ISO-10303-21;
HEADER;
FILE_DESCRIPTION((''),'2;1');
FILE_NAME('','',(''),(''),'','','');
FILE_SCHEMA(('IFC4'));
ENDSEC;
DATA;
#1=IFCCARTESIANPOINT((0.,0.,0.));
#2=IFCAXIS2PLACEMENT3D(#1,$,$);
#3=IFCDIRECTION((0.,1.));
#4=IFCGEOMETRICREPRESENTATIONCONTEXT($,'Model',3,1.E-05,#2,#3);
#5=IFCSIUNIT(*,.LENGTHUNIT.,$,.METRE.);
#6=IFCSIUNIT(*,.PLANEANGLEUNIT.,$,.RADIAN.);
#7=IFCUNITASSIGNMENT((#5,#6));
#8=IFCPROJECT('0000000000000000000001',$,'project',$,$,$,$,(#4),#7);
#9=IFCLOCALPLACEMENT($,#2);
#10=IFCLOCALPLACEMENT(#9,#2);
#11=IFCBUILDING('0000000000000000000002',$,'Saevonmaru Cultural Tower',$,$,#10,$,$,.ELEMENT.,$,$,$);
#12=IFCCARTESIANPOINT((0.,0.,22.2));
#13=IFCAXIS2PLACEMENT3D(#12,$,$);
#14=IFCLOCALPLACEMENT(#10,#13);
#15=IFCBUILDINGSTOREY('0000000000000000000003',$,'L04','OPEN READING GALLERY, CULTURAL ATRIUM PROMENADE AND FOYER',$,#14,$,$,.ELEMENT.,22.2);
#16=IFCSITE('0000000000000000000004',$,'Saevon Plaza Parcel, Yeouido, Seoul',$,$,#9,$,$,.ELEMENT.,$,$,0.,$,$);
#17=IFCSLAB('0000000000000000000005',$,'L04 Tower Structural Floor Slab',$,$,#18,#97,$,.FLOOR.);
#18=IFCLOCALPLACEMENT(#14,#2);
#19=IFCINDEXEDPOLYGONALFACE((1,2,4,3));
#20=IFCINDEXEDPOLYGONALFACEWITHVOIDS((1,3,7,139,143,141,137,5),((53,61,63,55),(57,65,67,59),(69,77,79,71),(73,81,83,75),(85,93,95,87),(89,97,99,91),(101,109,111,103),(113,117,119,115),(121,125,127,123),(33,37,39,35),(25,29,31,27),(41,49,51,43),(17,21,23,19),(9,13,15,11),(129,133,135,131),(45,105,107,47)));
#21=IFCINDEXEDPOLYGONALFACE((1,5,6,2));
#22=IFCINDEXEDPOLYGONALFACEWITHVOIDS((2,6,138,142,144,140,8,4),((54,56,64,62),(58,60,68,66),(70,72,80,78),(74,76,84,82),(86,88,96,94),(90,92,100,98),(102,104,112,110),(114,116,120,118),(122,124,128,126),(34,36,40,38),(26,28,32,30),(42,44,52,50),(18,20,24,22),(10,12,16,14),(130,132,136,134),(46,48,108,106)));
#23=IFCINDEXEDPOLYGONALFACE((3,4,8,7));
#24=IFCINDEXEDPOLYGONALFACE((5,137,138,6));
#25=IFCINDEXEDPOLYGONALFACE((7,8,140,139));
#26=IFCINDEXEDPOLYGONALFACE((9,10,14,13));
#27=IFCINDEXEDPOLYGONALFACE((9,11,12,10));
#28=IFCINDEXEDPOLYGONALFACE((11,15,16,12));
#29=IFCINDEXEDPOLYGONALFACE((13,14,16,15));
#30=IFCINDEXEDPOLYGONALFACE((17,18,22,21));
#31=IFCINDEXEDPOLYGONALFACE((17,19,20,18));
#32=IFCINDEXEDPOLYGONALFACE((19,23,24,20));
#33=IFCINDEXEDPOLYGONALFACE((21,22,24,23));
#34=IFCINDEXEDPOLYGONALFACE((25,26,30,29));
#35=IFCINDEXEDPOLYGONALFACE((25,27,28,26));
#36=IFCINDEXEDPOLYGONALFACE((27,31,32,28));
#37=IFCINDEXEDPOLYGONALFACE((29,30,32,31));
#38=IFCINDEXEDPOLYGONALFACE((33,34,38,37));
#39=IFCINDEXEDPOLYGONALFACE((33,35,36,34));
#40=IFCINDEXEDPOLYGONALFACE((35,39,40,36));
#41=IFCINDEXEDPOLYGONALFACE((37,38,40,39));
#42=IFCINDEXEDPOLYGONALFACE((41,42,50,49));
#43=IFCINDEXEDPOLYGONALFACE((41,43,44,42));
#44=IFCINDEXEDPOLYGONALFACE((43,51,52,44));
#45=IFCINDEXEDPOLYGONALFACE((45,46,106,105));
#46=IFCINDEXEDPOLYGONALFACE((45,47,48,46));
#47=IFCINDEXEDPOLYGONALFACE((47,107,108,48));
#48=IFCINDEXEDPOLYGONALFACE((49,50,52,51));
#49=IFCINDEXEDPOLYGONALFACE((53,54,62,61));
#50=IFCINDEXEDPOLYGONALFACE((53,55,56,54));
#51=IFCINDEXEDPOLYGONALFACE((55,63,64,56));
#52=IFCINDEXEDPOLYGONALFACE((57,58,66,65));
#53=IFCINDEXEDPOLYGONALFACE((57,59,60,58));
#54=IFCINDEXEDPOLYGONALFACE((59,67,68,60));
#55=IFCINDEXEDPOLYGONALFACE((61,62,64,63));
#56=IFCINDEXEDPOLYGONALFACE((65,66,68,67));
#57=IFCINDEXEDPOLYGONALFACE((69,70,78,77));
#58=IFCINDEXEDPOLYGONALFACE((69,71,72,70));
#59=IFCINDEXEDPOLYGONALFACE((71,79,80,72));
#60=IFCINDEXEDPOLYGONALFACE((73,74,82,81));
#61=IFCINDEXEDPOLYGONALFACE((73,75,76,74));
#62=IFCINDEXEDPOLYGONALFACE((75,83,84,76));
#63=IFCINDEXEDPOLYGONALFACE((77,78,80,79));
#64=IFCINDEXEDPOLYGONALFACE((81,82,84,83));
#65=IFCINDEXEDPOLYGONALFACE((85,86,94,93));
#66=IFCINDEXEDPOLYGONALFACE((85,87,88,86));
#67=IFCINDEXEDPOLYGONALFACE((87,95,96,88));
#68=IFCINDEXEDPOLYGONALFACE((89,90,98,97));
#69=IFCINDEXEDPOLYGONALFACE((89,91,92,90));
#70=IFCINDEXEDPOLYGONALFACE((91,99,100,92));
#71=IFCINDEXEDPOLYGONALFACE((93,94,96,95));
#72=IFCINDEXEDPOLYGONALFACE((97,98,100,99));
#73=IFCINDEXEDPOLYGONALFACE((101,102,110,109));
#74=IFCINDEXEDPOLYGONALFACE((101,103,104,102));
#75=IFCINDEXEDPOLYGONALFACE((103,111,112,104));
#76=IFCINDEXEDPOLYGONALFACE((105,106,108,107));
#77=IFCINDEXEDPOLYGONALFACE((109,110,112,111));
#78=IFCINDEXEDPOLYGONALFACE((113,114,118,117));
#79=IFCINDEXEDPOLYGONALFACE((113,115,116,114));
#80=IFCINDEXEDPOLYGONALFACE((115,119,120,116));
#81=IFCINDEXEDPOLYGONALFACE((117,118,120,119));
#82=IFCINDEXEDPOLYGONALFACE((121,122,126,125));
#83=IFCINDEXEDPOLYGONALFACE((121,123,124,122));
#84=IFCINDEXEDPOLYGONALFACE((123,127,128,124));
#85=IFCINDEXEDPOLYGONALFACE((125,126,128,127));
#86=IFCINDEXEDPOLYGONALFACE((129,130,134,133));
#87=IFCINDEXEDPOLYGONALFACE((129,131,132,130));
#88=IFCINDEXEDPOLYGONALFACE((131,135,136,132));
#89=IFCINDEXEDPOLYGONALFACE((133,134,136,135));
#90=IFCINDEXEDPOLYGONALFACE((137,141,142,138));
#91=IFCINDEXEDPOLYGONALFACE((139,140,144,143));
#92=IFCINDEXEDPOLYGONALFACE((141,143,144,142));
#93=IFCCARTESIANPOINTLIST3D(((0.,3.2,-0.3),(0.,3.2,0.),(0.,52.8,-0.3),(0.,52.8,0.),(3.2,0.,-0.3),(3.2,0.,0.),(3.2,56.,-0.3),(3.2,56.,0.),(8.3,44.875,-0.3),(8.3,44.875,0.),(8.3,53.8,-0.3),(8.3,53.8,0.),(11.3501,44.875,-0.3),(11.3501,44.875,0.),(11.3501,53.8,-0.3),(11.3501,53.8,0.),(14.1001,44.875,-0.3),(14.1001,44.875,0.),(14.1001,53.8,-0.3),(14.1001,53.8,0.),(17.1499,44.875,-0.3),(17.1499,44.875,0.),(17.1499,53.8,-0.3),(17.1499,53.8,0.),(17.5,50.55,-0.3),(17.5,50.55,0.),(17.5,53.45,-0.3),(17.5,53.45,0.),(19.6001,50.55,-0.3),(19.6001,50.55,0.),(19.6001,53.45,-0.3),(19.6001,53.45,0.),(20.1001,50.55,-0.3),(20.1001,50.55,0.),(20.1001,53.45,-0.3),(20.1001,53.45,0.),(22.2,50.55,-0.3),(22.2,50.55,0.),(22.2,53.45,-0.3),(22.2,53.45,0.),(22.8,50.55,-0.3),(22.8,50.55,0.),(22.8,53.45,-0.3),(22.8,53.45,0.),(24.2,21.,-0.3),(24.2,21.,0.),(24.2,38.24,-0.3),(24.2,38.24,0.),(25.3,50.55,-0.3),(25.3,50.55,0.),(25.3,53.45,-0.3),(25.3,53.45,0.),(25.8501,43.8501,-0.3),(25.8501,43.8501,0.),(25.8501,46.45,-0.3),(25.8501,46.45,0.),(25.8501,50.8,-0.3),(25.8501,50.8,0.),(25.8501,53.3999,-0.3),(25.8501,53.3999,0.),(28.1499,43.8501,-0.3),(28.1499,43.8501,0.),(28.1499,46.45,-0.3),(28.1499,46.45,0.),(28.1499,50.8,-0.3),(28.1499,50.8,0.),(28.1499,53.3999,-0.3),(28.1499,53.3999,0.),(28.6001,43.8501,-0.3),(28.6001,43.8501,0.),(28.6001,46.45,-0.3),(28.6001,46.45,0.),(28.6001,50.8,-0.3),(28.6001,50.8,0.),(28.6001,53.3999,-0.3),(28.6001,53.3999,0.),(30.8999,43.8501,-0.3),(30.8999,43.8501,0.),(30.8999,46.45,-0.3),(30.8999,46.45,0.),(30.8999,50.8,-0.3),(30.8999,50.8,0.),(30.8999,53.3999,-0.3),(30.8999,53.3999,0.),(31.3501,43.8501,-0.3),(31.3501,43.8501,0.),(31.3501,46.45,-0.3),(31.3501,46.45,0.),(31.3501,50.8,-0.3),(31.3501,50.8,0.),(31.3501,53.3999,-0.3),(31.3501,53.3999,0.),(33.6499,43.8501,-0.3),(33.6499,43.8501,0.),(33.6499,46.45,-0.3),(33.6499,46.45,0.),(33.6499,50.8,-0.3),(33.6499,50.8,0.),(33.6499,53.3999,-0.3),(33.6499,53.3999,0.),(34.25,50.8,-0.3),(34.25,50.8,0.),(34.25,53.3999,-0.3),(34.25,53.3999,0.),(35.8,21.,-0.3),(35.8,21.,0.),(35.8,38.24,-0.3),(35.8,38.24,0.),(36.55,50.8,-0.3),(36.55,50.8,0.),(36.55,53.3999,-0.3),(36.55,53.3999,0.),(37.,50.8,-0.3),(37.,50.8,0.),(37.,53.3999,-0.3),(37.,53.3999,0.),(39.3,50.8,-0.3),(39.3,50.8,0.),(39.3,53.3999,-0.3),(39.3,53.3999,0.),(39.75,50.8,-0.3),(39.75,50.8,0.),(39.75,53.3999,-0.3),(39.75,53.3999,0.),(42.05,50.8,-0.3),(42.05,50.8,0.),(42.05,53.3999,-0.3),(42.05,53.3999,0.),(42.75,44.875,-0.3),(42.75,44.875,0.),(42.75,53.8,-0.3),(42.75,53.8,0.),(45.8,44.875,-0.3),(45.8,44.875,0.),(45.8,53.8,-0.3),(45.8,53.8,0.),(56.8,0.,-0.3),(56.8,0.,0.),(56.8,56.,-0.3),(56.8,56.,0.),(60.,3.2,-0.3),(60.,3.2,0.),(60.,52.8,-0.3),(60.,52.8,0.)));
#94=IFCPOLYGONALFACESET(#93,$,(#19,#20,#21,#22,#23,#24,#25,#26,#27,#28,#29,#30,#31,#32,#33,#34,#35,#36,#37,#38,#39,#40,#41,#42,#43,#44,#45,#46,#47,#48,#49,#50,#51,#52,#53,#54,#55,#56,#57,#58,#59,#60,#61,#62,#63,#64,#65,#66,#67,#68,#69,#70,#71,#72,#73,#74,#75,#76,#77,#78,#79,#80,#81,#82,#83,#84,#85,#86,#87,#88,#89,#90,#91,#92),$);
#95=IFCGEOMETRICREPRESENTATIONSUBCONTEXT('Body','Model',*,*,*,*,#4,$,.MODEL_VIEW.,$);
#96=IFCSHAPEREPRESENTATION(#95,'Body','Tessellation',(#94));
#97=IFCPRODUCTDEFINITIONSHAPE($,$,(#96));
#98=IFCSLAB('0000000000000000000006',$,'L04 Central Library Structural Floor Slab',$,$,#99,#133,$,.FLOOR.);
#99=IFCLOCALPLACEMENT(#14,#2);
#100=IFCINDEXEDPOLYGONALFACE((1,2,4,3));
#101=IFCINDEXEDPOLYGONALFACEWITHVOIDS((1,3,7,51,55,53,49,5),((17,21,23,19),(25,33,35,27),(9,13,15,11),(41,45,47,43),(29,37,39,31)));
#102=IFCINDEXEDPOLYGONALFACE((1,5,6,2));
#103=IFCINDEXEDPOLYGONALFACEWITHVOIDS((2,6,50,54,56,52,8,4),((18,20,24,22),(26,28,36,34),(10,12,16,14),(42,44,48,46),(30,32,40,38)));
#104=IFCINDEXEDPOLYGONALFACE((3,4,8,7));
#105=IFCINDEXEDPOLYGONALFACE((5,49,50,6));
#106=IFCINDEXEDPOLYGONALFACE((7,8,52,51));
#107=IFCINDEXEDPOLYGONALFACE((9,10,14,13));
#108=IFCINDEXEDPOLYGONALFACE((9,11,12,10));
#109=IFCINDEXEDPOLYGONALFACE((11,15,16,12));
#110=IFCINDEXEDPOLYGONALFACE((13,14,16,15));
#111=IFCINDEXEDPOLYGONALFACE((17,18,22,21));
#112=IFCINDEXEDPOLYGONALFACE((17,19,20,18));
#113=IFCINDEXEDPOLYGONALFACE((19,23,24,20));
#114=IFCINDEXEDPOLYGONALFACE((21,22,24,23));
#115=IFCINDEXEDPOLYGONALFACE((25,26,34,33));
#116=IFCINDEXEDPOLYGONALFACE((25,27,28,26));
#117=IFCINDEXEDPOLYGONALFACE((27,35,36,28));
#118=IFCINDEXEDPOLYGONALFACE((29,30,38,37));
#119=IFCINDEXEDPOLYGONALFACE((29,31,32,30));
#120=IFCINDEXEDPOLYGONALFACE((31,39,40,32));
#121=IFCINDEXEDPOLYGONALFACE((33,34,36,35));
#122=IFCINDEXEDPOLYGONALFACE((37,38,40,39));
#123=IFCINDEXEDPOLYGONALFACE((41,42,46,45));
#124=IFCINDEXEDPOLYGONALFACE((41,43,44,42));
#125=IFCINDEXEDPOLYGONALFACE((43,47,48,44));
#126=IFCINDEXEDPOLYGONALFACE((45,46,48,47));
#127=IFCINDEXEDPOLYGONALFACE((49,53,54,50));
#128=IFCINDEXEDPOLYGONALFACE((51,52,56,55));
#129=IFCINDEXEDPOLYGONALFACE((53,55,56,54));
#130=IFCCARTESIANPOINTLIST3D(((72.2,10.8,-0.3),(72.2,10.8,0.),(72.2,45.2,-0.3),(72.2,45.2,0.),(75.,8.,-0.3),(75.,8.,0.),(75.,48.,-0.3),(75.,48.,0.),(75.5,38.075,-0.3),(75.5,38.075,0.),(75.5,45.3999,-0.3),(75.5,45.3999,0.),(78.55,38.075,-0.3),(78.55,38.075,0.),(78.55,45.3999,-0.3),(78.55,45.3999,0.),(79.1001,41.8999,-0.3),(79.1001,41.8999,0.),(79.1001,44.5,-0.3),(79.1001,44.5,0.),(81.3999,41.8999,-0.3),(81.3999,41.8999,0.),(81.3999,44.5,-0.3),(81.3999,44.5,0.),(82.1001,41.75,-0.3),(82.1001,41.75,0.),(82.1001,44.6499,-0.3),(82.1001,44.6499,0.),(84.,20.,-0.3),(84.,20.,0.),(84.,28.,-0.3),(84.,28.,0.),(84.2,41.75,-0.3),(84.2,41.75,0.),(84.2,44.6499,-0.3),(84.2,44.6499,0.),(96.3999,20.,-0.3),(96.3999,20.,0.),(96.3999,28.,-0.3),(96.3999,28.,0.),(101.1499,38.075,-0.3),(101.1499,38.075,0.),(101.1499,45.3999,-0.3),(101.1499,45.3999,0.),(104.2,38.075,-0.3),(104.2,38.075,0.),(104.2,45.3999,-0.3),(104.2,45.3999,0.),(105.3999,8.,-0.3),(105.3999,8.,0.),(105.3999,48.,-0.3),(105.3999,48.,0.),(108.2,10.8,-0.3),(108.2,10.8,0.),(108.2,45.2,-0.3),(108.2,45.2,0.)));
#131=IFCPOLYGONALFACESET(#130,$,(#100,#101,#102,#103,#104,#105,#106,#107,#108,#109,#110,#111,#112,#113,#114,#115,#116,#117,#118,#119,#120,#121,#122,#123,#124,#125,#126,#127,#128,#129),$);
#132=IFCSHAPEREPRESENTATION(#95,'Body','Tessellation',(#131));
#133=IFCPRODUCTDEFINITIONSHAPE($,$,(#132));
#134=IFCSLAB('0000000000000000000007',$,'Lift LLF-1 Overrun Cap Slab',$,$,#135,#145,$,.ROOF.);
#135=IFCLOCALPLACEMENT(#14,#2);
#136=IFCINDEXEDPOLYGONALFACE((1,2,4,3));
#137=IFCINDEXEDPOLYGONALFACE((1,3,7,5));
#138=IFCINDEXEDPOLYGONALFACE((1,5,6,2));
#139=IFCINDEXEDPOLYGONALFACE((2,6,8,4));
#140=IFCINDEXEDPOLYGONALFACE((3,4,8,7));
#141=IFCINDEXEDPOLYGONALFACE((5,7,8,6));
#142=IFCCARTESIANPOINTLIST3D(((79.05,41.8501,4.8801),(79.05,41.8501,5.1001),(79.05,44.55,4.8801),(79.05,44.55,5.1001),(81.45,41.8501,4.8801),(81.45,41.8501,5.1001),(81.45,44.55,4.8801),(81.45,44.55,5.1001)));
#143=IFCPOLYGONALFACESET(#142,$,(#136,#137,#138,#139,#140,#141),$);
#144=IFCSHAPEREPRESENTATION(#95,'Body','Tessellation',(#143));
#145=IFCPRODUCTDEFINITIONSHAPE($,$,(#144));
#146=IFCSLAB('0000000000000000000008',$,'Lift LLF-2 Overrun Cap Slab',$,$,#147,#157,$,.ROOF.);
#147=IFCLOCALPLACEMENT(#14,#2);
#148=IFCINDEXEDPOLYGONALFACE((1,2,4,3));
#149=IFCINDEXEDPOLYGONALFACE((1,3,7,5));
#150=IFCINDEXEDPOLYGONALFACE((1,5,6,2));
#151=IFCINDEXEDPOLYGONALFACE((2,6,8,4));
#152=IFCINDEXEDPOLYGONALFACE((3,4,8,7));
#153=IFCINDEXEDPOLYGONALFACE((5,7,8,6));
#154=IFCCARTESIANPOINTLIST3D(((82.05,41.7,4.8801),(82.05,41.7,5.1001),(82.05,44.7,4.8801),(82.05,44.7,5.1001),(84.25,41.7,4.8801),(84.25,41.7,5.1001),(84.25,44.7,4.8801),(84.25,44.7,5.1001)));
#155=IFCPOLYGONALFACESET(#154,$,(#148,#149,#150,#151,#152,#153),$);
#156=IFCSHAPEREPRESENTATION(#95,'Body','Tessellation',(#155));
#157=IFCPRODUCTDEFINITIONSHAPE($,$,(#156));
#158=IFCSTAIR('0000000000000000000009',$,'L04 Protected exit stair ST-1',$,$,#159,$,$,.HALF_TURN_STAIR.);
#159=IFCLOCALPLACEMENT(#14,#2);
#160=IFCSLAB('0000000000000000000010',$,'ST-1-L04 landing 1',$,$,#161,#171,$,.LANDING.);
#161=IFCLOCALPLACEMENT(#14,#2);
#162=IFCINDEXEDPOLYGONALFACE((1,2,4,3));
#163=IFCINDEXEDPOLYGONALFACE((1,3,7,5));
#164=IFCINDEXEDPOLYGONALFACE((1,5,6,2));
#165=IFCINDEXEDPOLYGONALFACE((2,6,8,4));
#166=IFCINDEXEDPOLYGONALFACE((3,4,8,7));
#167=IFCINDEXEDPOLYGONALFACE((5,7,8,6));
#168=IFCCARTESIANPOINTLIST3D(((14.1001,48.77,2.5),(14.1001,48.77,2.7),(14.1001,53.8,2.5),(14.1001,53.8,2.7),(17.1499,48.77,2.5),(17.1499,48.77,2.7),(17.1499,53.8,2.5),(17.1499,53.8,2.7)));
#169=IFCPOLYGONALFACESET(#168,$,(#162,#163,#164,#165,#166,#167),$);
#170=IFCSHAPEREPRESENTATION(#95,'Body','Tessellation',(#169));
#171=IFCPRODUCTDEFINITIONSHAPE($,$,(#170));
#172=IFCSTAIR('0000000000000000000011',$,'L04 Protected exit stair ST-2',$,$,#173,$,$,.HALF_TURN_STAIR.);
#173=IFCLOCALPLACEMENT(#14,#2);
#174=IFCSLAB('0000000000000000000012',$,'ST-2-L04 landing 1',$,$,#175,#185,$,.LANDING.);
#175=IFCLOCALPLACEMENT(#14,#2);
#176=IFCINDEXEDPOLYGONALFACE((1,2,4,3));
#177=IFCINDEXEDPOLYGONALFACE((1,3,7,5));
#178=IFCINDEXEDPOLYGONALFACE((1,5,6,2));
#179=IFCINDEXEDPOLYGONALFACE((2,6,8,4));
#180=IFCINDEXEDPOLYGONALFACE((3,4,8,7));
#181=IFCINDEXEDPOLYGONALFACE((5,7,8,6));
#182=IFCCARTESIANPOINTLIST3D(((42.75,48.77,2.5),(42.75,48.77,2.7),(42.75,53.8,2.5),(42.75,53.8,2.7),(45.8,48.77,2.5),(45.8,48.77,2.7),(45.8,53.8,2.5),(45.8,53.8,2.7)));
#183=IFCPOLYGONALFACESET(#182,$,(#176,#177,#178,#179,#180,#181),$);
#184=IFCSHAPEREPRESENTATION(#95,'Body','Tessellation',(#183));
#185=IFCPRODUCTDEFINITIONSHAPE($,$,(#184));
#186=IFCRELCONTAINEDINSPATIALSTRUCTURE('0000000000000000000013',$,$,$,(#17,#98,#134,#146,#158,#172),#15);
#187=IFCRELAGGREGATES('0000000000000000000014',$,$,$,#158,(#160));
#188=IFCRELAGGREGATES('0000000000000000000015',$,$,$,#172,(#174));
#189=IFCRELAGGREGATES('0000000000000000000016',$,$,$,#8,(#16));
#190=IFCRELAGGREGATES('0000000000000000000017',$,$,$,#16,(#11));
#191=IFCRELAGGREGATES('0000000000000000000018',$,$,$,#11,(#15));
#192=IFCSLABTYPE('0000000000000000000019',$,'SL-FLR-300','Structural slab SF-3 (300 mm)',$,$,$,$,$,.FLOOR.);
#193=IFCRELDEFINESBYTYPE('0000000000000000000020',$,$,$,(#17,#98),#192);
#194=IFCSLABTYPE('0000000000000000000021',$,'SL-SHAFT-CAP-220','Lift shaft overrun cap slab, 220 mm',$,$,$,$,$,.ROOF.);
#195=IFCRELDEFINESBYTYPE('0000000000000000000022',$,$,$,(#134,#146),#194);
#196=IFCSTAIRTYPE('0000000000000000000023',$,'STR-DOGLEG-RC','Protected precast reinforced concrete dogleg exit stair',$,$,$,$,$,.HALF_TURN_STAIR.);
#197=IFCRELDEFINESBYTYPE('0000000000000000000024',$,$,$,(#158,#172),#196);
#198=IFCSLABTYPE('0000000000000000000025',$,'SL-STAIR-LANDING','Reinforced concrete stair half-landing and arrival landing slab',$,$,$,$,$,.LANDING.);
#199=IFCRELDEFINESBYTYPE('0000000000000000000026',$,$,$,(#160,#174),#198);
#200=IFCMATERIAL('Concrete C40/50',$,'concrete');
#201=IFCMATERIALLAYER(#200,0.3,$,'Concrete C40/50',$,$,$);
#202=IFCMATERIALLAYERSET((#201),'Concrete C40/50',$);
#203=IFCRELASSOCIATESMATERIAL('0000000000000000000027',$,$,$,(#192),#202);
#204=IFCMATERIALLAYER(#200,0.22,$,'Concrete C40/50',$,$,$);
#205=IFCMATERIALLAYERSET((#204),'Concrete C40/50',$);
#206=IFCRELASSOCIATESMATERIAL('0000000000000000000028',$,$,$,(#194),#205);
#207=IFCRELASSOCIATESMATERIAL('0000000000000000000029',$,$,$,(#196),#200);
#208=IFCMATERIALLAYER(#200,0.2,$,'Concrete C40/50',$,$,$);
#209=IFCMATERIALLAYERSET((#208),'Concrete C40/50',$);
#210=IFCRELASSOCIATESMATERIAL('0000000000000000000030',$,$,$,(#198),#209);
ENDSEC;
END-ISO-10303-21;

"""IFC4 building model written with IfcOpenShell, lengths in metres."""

from ifc_helpers import new_model, si_unit, direction, frame, origin, place, context, subcontext, project, spatial, polyline, outline, extrude, material, layer, layer_set, type_object, element, aggregate, save


model = new_model("IFC4")

# Units and contexts
model_context = context("Model", 3, precision=1e-05, world=origin(), true_north=direction((0.0, 1.0)))
body_context = subcontext(model_context, "Body", "Model", "MODEL_VIEW")
ifc_project = project(units=[si_unit("LENGTHUNIT", "METRE"), si_unit("PLANEANGLEUNIT", "RADIAN")], contexts=[model_context])

# Site, building, storey
site_placement = place(None, origin())
site = spatial("IfcSite", under=ifc_project, at=site_placement, Name="Saevon Plaza Parcel, Yeouido, Seoul", CompositionType="ELEMENT", RefElevation=0.0)
building_placement = place(site_placement, origin())
building = spatial("IfcBuilding", under=site, at=building_placement, Name="Saevonmaru Cultural Tower", CompositionType="ELEMENT")
storey_placement = place(building_placement, frame((0.0, 0.0, 22.2)))
storey = spatial("IfcBuildingStorey", under=building, at=storey_placement, Name="L04", Description="OPEN READING GALLERY, CULTURAL ATRIUM PROMENADE AND FOYER", CompositionType="ELEMENT", Elevation=22.2)

# Shared definitions
ifc_material_1 = material(Name="Concrete C40/50", Category="concrete")

# Slabs
ifc_layer_1 = layer(ifc_material_1, 0.3, Name="Concrete C40/50")
ifc_layer_set_1 = layer_set([ifc_layer_1], Name="Concrete C40/50")
slab_type_1 = type_object("IfcSlabType", Name="SL-FLR-300", Description="Structural slab SF-3 (300 mm)", PredefinedType="FLOOR", material=ifc_layer_set_1)
slab_1_placement = place(storey_placement, frame((0.0, 0.0, -0.3)))
element("IfcSlab", 1, at=slab_1_placement, inside=storey, type_object=slab_type_1, Name="L04 Tower Structural Floor Slab", PredefinedType="FLOOR", context=body_context, shape_type="SweptSolid", body=[
    extrude(outline(polyline([(0.0, 3.2), (3.2, 0.0), (56.8, 0.0), (60.0, 3.2), (60.0, 52.8), (56.8, 56.0), (3.2, 56.0), (0.0, 52.8), (0.0, 3.2)]), holes=[polyline([(45.8, 44.875), (42.75, 44.875), (42.75, 53.8), (45.8, 53.8), (45.8, 44.875)]), polyline([(39.75, 50.8), (39.75, 53.3999), (42.05, 53.3999), (42.05, 50.8), (39.75, 50.8)]), polyline([(37.0, 50.8), (37.0, 53.3999), (39.3, 53.3999), (39.3, 50.8), (37.0, 50.8)]), polyline([(34.25, 50.8), (34.25, 53.3999), (36.55, 53.3999), (36.55, 50.8), (34.25, 50.8)]), polyline([(24.2, 21.0), (24.2, 38.24), (35.8, 38.24), (35.8, 21.0), (24.2, 21.0)]), polyline([(31.3501, 50.8), (31.3501, 53.3999), (33.6499, 53.3999), (33.6499, 50.8), (31.3501, 50.8)]), polyline([(31.3501, 43.8501), (31.3501, 46.45), (33.6499, 46.45), (33.6499, 43.8501), (31.3501, 43.8501)]), polyline([(28.6001, 43.8501), (28.6001, 46.45), (30.8999, 46.45), (30.8999, 43.8501), (28.6001, 43.8501)]), polyline([(28.6001, 50.8), (28.6001, 53.3999), (30.8999, 53.3999), (30.8999, 50.8), (28.6001, 50.8)]), polyline([(25.8501, 50.8), (25.8501, 53.3999), (28.1499, 53.3999), (28.1499, 50.8), (25.8501, 50.8)]), polyline([(25.8501, 43.8501), (25.8501, 46.45), (28.1499, 46.45), (28.1499, 43.8501), (25.8501, 43.8501)]), polyline([(22.8, 50.55), (22.8, 53.45), (25.3, 53.45), (25.3, 50.55), (22.8, 50.55)]), polyline([(20.1001, 50.55), (20.1001, 53.45), (22.2, 53.45), (22.2, 50.55), (20.1001, 50.55)]), polyline([(17.5, 50.55), (17.5, 53.45), (19.6001, 53.45), (19.6001, 50.55), (17.5, 50.55)]), polyline([(17.1499, 44.875), (14.1001, 44.875), (14.1001, 53.8), (17.1499, 53.8), (17.1499, 44.875)]), polyline([(11.3501, 44.875), (8.3, 44.875), (8.3, 53.8), (11.3501, 53.8), (11.3501, 44.875)])]), origin(), (0.0, 0.0, 1.0), 0.3),
])
slab_2_placement = place(storey_placement, frame((0.0, 0.0, -0.3)))
element("IfcSlab", 2, at=slab_2_placement, inside=storey, type_object=slab_type_1, Name="L04 Central Library Structural Floor Slab", PredefinedType="FLOOR", context=body_context, shape_type="SweptSolid", body=[
    extrude(outline(polyline([(72.2, 10.8), (75.0, 8.0), (105.3999, 8.0), (108.2, 10.8), (108.2, 45.2), (105.3999, 48.0), (75.0, 48.0), (72.2, 45.2), (72.2, 10.8)]), holes=[polyline([(101.1499, 45.3999), (104.2, 45.3999), (104.2, 38.075), (101.1499, 38.075), (101.1499, 45.3999)]), polyline([(96.3999, 28.0), (96.3999, 20.0), (84.0, 20.0), (84.0, 28.0), (96.3999, 28.0)]), polyline([(84.2, 41.75), (82.1001, 41.75), (82.1001, 44.6499), (84.2, 44.6499), (84.2, 41.75)]), polyline([(81.3999, 41.8999), (79.1001, 41.8999), (79.1001, 44.5), (81.3999, 44.5), (81.3999, 41.8999)]), polyline([(75.5, 45.3999), (78.55, 45.3999), (78.55, 38.075), (75.5, 38.075), (75.5, 45.3999)])]), origin(), (0.0, 0.0, 1.0), 0.3),
])
ifc_layer_2 = layer(ifc_material_1, 0.22, Name="Concrete C40/50")
ifc_layer_set_2 = layer_set([ifc_layer_2], Name="Concrete C40/50")
slab_type_2 = type_object("IfcSlabType", Name="SL-SHAFT-CAP-220", Description="Lift shaft overrun cap slab, 220 mm", PredefinedType="ROOF", material=ifc_layer_set_2)
slab_3_placement = place(storey_placement, frame((0.0, 0.0, 4.8801)))
element("IfcSlab", 3, at=slab_3_placement, inside=storey, type_object=slab_type_2, Name="Lift LLF-1 Overrun Cap Slab", PredefinedType="ROOF", context=body_context, shape_type="SweptSolid", body=[
    extrude(outline(polyline([(79.05, 41.8501), (81.45, 41.8501), (81.45, 44.55), (79.05, 44.55), (79.05, 41.8501)])), origin(), (0.0, 0.0, 1.0), 0.22),
])
slab_4_placement = place(storey_placement, frame((0.0, 0.0, 4.8801)))
element("IfcSlab", 4, at=slab_4_placement, inside=storey, type_object=slab_type_2, Name="Lift LLF-2 Overrun Cap Slab", PredefinedType="ROOF", context=body_context, shape_type="SweptSolid", body=[
    extrude(outline(polyline([(82.05, 41.7), (84.25, 41.7), (84.25, 44.7), (82.05, 44.7), (82.05, 41.7)])), origin(), (0.0, 0.0, 1.0), 0.22),
])

# Stairs, slabs
stair_type = type_object("IfcStairType", Name="STR-DOGLEG-RC", Description="Protected precast reinforced concrete dogleg exit stair", PredefinedType="HALF_TURN_STAIR", material=ifc_material_1)
stair_1_placement = place(storey_placement, origin())
stair_1 = element("IfcStair", 5, at=stair_1_placement, inside=storey, type_object=stair_type, Name="L04 Protected exit stair ST-1", PredefinedType="HALF_TURN_STAIR")
ifc_layer_3 = layer(ifc_material_1, 0.2, Name="Concrete C40/50")
ifc_layer_set_3 = layer_set([ifc_layer_3], Name="Concrete C40/50")
slab_type_3 = type_object("IfcSlabType", Name="SL-STAIR-LANDING", Description="Reinforced concrete stair half-landing and arrival landing slab", PredefinedType="LANDING", material=ifc_layer_set_3)
slab_5_placement = place(storey_placement, frame((0.0, 0.0, 2.5)))
slab_5 = element("IfcSlab", 6, at=slab_5_placement, type_object=slab_type_3, Name="ST-1-L04 landing 1", PredefinedType="LANDING", context=body_context, shape_type="SweptSolid", body=[
    extrude(outline(polyline([(17.1499, 48.77), (17.1499, 53.8), (14.1001, 53.8), (14.1001, 48.77), (17.1499, 48.77)])), origin(), (0.0, 0.0, 1.0), 0.2),
])
aggregate(stair_1, [slab_5])
stair_2_placement = place(storey_placement, origin())
stair_2 = element("IfcStair", 7, at=stair_2_placement, inside=storey, type_object=stair_type, Name="L04 Protected exit stair ST-2", PredefinedType="HALF_TURN_STAIR")
slab_6_placement = place(storey_placement, frame((0.0, 0.0, 2.5)))
slab_6 = element("IfcSlab", 8, at=slab_6_placement, type_object=slab_type_3, Name="ST-2-L04 landing 1", PredefinedType="LANDING", context=body_context, shape_type="SweptSolid", body=[
    extrude(outline(polyline([(45.8, 48.77), (45.8, 53.8), (42.75, 53.8), (42.75, 48.77), (45.8, 48.77)])), origin(), (0.0, 0.0, 1.0), 0.2),
])
aggregate(stair_2, [slab_6])

save(model, "model.ifc")
